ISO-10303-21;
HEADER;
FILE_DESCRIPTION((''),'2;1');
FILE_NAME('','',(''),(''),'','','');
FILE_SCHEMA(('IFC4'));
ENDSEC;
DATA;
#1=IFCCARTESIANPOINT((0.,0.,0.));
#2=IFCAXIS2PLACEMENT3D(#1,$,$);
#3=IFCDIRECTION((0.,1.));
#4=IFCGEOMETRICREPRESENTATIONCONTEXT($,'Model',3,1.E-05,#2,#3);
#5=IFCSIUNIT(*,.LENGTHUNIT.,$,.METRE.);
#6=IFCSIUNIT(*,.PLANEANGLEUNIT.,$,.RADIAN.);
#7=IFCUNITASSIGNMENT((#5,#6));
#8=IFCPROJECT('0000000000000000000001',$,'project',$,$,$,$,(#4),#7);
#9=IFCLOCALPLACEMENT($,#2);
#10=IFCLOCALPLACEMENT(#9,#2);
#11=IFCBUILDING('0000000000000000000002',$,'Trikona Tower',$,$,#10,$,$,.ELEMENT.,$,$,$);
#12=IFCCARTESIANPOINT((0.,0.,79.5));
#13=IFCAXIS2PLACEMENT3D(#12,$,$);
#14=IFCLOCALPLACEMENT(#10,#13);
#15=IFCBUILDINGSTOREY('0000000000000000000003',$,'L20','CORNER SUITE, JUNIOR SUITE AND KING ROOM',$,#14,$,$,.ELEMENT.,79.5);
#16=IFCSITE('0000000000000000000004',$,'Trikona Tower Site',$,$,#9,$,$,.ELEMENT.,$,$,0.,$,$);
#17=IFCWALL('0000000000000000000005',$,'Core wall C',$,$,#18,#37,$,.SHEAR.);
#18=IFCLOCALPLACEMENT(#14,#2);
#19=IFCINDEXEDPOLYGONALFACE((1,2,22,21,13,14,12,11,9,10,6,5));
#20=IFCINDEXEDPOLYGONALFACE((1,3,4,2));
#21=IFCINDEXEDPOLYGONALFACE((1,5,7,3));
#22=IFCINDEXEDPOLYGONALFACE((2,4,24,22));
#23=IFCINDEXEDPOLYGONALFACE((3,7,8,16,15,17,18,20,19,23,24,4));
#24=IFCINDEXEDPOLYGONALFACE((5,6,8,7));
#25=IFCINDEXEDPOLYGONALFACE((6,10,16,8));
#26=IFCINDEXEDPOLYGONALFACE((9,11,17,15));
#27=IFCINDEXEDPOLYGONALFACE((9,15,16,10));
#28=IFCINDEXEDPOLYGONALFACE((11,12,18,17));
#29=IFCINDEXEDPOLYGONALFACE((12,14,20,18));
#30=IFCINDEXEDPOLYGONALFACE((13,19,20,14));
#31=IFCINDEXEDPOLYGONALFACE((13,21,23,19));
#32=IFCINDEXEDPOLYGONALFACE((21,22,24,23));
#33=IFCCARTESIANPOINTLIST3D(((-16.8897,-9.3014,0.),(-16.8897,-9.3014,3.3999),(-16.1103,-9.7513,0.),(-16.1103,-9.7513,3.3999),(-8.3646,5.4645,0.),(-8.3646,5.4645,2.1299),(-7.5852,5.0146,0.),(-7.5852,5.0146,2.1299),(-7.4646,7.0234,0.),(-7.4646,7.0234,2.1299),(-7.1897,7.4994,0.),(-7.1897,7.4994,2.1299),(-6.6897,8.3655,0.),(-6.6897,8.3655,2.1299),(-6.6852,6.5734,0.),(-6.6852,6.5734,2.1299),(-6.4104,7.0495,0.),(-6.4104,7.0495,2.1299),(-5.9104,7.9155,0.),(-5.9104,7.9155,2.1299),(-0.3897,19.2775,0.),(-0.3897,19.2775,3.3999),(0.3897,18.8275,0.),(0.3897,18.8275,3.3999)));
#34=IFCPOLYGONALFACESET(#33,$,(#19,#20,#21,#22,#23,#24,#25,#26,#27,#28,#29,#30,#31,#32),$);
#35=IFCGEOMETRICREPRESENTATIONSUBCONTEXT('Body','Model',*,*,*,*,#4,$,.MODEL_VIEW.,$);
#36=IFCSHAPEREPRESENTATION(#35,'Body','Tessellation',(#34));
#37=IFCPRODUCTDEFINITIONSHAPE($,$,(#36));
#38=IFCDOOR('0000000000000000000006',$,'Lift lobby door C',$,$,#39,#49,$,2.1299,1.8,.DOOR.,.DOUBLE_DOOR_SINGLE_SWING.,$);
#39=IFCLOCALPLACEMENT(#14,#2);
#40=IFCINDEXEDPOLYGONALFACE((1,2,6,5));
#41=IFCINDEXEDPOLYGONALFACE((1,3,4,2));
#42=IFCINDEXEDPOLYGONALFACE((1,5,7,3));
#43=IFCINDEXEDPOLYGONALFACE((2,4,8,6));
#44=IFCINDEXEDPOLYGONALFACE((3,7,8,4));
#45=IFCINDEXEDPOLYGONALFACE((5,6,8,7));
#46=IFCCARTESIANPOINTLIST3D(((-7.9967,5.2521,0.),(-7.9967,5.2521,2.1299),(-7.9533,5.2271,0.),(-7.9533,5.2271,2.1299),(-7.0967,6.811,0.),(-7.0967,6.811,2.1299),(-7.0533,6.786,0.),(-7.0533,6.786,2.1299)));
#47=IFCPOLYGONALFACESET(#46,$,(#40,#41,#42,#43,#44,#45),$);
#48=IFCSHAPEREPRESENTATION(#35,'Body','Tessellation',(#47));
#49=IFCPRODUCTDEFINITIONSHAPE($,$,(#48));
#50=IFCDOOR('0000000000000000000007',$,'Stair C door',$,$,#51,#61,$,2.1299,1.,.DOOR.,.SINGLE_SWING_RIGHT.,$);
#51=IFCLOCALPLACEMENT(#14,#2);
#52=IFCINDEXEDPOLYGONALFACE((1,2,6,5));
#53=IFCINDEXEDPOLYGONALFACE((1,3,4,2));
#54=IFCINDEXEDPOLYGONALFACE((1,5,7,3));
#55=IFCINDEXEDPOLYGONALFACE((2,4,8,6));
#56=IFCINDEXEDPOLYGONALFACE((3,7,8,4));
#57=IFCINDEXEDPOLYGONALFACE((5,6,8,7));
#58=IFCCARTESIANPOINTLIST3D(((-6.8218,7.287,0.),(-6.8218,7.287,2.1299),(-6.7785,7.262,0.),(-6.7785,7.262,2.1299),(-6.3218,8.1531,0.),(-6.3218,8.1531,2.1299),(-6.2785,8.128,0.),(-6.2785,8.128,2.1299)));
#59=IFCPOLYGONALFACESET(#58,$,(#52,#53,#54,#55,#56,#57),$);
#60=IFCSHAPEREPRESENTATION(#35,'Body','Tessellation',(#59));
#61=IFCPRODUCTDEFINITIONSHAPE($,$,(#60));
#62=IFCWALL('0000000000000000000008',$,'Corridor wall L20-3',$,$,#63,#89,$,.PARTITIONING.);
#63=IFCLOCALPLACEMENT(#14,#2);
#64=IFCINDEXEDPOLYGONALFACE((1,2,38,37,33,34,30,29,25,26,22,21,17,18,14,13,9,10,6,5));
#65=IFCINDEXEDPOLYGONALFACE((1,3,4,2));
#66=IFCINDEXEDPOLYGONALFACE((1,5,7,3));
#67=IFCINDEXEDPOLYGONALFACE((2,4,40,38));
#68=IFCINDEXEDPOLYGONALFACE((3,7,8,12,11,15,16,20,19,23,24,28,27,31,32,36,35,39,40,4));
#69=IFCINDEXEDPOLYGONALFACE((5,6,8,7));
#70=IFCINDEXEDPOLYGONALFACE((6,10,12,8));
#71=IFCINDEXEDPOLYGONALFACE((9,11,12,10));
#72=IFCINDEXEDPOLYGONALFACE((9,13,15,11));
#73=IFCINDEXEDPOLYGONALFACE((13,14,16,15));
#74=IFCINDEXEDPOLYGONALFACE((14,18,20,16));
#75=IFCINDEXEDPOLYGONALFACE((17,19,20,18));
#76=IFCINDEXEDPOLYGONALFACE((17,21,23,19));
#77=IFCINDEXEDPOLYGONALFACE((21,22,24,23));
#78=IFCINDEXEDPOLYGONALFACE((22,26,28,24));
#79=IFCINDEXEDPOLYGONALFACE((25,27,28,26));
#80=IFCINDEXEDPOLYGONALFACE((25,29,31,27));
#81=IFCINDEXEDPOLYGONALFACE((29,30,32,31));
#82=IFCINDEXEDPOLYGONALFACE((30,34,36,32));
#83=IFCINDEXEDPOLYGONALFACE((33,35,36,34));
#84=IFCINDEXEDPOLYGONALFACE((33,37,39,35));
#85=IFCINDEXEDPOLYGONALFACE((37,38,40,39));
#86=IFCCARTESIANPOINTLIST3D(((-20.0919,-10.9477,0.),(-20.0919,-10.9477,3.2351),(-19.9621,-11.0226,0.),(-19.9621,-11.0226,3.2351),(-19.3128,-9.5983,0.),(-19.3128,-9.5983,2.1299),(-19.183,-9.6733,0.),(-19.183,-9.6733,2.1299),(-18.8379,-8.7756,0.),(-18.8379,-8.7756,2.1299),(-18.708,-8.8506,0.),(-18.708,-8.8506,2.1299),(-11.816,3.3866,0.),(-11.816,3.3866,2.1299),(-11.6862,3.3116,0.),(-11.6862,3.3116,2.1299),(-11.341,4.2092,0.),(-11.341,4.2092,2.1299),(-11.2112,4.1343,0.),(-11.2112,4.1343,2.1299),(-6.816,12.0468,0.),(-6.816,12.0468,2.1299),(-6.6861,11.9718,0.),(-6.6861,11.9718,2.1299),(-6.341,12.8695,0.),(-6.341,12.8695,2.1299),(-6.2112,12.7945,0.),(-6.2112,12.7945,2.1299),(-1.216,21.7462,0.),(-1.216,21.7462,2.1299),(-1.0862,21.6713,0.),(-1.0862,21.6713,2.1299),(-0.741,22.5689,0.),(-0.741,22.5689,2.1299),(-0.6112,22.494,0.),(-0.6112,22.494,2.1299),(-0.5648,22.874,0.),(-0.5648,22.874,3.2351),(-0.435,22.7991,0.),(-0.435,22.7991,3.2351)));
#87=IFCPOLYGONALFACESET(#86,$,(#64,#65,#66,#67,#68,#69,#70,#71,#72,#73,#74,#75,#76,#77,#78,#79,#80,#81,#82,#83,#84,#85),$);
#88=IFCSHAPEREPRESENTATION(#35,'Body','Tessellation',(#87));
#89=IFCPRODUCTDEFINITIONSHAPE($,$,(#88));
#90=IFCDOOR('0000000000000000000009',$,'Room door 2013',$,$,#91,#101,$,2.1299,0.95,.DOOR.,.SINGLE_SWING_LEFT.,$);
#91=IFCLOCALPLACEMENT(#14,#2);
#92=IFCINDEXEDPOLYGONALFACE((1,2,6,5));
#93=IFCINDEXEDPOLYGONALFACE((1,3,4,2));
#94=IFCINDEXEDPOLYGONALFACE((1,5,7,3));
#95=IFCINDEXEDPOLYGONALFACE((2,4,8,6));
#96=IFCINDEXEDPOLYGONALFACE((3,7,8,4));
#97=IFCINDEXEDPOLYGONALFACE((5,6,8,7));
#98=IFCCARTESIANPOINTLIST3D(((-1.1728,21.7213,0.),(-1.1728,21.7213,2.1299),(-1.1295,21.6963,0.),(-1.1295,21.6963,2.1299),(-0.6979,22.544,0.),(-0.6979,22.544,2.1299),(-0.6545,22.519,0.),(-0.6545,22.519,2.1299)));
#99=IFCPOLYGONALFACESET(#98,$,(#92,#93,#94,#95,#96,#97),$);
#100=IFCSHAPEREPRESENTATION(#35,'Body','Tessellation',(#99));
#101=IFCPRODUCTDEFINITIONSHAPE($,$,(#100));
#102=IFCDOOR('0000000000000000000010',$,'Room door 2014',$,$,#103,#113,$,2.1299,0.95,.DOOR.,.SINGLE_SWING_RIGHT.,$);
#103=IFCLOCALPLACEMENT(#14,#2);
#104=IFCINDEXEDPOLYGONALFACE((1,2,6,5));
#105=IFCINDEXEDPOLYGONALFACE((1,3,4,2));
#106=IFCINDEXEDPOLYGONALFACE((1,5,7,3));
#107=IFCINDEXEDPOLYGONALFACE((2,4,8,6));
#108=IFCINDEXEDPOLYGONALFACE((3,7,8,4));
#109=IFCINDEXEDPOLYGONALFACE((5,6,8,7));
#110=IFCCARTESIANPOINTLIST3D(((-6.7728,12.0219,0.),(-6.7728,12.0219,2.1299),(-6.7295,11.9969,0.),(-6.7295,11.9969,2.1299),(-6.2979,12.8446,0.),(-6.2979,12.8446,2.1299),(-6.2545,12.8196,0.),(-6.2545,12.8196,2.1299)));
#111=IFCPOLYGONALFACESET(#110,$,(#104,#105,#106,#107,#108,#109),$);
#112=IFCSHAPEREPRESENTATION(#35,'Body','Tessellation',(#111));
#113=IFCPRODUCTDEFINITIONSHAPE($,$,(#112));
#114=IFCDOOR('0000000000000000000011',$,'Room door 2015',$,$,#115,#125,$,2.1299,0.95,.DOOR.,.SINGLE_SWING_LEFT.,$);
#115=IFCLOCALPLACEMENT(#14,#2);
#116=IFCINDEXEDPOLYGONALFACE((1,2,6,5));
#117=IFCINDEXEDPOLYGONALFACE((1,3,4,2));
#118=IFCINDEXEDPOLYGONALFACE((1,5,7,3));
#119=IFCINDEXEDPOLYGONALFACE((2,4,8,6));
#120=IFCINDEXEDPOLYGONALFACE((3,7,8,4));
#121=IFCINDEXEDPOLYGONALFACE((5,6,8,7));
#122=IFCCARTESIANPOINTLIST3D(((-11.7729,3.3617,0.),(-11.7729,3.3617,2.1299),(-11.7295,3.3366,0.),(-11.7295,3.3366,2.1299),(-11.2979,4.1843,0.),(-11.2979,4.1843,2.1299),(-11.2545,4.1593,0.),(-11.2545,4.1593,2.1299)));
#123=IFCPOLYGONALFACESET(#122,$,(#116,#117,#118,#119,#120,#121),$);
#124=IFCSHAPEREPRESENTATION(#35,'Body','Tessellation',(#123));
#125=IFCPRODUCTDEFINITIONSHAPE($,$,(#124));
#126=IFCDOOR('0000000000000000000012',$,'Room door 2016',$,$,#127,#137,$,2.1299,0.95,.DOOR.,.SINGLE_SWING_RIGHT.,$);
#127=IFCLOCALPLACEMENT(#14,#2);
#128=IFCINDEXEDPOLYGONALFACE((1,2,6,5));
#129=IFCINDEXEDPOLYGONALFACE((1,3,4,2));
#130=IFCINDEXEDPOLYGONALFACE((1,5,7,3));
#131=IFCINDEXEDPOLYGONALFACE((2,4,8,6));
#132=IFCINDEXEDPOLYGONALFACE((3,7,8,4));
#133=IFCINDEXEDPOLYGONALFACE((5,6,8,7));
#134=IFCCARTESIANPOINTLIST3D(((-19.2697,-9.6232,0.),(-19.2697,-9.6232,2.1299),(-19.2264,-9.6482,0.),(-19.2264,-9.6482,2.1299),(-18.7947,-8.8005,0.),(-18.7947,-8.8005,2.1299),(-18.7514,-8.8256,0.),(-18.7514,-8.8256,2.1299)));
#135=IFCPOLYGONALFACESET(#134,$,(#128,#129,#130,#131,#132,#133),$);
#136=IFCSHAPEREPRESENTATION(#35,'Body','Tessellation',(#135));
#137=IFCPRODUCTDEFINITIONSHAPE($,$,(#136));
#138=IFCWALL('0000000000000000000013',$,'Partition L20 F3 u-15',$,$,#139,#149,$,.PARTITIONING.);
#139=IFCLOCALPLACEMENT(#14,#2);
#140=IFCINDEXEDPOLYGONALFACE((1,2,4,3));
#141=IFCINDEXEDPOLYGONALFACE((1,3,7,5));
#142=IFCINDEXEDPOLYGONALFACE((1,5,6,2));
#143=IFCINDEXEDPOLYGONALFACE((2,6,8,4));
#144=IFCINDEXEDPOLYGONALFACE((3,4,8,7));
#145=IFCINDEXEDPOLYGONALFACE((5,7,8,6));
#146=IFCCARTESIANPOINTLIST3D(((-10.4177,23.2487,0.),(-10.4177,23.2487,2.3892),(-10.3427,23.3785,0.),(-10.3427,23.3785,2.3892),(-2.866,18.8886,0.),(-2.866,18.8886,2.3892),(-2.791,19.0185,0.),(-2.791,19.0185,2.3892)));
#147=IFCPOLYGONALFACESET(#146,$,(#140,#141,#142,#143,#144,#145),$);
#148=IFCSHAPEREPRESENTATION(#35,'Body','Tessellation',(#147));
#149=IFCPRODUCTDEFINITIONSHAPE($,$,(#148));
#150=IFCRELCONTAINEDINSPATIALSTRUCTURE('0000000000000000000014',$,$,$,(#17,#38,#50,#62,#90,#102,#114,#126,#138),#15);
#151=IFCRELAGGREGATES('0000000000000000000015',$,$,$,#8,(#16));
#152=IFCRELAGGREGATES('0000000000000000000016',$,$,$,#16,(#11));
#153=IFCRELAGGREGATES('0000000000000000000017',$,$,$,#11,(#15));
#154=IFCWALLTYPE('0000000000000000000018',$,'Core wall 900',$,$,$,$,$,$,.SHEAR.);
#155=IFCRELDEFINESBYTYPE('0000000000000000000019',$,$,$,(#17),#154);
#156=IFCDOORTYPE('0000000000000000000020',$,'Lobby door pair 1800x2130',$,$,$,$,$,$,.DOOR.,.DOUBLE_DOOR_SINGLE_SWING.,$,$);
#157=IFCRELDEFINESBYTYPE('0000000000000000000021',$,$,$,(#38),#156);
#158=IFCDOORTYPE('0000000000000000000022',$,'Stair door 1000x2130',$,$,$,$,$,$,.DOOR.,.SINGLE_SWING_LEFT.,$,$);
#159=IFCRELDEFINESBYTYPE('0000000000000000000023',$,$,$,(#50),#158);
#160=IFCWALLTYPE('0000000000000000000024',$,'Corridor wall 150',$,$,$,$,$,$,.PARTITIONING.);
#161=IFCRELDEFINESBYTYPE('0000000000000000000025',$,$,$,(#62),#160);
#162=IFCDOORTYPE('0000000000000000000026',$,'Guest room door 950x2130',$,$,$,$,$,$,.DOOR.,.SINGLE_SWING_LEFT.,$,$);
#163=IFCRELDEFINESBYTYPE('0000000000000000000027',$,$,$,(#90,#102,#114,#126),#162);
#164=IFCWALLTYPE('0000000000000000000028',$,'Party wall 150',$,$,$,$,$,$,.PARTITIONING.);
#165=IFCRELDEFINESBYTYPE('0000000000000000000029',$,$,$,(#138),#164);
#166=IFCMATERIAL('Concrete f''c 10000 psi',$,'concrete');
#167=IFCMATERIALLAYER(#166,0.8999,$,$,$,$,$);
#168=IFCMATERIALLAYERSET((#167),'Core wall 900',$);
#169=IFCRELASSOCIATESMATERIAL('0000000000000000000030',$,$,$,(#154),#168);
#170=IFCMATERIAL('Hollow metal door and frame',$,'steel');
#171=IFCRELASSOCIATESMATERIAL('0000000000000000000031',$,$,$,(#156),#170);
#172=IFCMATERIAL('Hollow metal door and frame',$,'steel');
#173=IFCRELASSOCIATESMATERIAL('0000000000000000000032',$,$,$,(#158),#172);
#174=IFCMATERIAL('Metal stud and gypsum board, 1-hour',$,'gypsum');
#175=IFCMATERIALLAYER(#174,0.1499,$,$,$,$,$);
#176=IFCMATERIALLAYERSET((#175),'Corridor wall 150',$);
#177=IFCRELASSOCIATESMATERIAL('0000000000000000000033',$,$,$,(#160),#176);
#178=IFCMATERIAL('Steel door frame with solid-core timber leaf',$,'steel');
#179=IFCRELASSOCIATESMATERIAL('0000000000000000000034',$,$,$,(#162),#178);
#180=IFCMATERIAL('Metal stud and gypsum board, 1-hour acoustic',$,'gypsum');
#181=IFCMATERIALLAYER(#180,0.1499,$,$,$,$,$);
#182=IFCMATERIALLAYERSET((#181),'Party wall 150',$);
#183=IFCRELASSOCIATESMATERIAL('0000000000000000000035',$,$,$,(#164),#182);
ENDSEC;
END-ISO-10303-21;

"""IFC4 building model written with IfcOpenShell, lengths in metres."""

from ifc_helpers import new_model, si_unit, direction, frame, frame_2d, origin, place, context, subcontext, project, spatial, rectangle, extrude, material, layer, layer_set, type_object, element, fill, save


model = new_model("IFC4")

# Units and contexts
model_context = context("Model", 3, precision=1e-05, world=origin(), true_north=direction((0.0, 1.0)))
body_context = subcontext(model_context, "Body", "Model", "MODEL_VIEW")
ifc_project = project(units=[si_unit("LENGTHUNIT", "METRE"), si_unit("PLANEANGLEUNIT", "RADIAN")], contexts=[model_context])

# Site, building, storey
site_placement = place(None, origin())
site = spatial("IfcSite", under=ifc_project, at=site_placement, Name="Trikona Tower Site", CompositionType="ELEMENT", RefElevation=0.0)
building_placement = place(site_placement, origin())
building = spatial("IfcBuilding", under=site, at=building_placement, Name="Trikona Tower", CompositionType="ELEMENT")
storey_placement = place(building_placement, frame((0.0, 0.0, 79.5)))
storey = spatial("IfcBuildingStorey", under=building, at=storey_placement, Name="L20", Description="CORNER SUITE, JUNIOR SUITE AND KING ROOM", CompositionType="ELEMENT", Elevation=79.5)

# Walls, openings, doors
ifc_material_1 = material(Name="Concrete f'c 10000 psi", Category="concrete")
ifc_layer_1 = layer(ifc_material_1, 0.8999)
ifc_layer_set_1 = layer_set([ifc_layer_1], Name="Core wall 900")
wall_type_1 = type_object("IfcWallType", Name="Core wall 900", PredefinedType="SHEAR", material=ifc_layer_set_1)
wall_1_placement = place(storey_placement, frame((0.0, 19.0525, 0.0), z_axis=(0.0, 0.0, 1.0), x_axis=(-0.5, -0.866026, 0.0)))
wall_1 = element("IfcWall", 1, at=wall_1_placement, inside=storey, type_object=wall_type_1, Name="Core wall C", PredefinedType="SHEAR", context=body_context, shape_type="SweptSolid", body=[
    extrude(rectangle(XDim=33.0, YDim=0.8999, at=frame_2d((16.5, 0.0))), origin(), (0.0, 0.0, 1.0), 3.3999),
])
opening_1_placement = place(wall_1_placement, frame((14.1499, 0.0, 0.0)))
opening_1 = element("IfcOpeningElement", 2, at=opening_1_placement, cuts=wall_1, PredefinedType="OPENING", context=body_context, shape_type="SweptSolid", body=[
    extrude(rectangle(XDim=1.8, YDim=2.1299, at=frame_2d((0.8999, 1.0649))), frame((0.0, 0.46, 0.0), z_axis=(0.0, -1.0, 0.0), x_axis=(1.0, 0.0, 0.0)), (0.0, 0.0, 1.0), 0.9199),
])
opening_2_placement = place(wall_1_placement, frame((12.6001, 0.0, 0.0)))
opening_2 = element("IfcOpeningElement", 3, at=opening_2_placement, cuts=wall_1, PredefinedType="OPENING", context=body_context, shape_type="SweptSolid", body=[
    extrude(rectangle(XDim=1.0, YDim=2.1299, at=frame_2d((0.5, 1.0649))), frame((0.0, 0.46, 0.0), z_axis=(0.0, -1.0, 0.0), x_axis=(1.0, 0.0, 0.0)), (0.0, 0.0, 1.0), 0.9199),
])
ifc_material_2 = material(Name="Hollow metal door and frame", Category="steel")
door_type_1 = type_object("IfcDoorType", Name="Lobby door pair 1800x2130", OperationType="DOUBLE_DOOR_SINGLE_SWING", PredefinedType="DOOR", material=ifc_material_2)
door_1_placement = place(opening_1_placement, origin())
door_1 = element("IfcDoor", 4, at=door_1_placement, inside=storey, type_object=door_type_1, Name="Lift lobby door C", OperationType="DOUBLE_DOOR_SINGLE_SWING", OverallHeight=2.1299, OverallWidth=1.8, PredefinedType="DOOR", context=body_context, shape_type="SweptSolid", body=[
    extrude(rectangle(XDim=1.8, YDim=2.1299, at=frame_2d((0.8999, 1.0649))), frame((0.0, 0.0249, 0.0), z_axis=(0.0, -1.0, 0.0), x_axis=(1.0, 0.0, 0.0)), (0.0, 0.0, 1.0), 0.05),
])
fill(opening_1, door_1)
ifc_material_3 = material(Name="Hollow metal door and frame", Category="steel")
door_type_2 = type_object("IfcDoorType", Name="Stair door 1000x2130", OperationType="SINGLE_SWING_LEFT", PredefinedType="DOOR", material=ifc_material_3)
door_2_placement = place(opening_2_placement, origin())
door_2 = element("IfcDoor", 5, at=door_2_placement, inside=storey, type_object=door_type_2, Name="Stair C door", OperationType="SINGLE_SWING_RIGHT", OverallHeight=2.1299, OverallWidth=1.0, PredefinedType="DOOR", context=body_context, shape_type="SweptSolid", body=[
    extrude(rectangle(XDim=1.0, YDim=2.1299, at=frame_2d((0.5, 1.0649))), frame((0.0, 0.0249, 0.0), z_axis=(0.0, -1.0, 0.0), x_axis=(1.0, 0.0, 0.0)), (0.0, 0.0, 1.0), 0.05),
])
fill(opening_2, door_2)
ifc_material_4 = material(Name="Metal stud and gypsum board, 1-hour", Category="gypsum")
ifc_layer_2 = layer(ifc_material_4, 0.1499)
ifc_layer_set_2 = layer_set([ifc_layer_2], Name="Corridor wall 150")
wall_type_2 = type_object("IfcWallType", Name="Corridor wall 150", PredefinedType="PARTITIONING", material=ifc_layer_set_2)
wall_2_placement = place(storey_placement, frame((-0.5, 22.8364, 0.0), z_axis=(0.0, 0.0, 1.0), x_axis=(-0.500002, -0.866024, 0.0)))
wall_2 = element("IfcWall", 6, at=wall_2_placement, inside=storey, type_object=wall_type_2, Name="Corridor wall L20-3", PredefinedType="PARTITIONING", context=body_context, shape_type="SweptSolid", body=[
    extrude(rectangle(XDim=39.054, YDim=0.1499, at=frame_2d((19.5269, 0.0))), origin(), (0.0, 0.0, 1.0), 3.2351),
])
opening_3_placement = place(wall_2_placement, frame((0.3521, 0.0, 0.0)))
opening_3 = element("IfcOpeningElement", 7, at=opening_3_placement, cuts=wall_2, PredefinedType="OPENING", context=body_context, shape_type="SweptSolid", body=[
    extrude(rectangle(XDim=0.95, YDim=2.1299, at=frame_2d((0.4751, 1.0649))), frame((0.0, 0.085, 0.0), z_axis=(0.0, -1.0, 0.0), x_axis=(1.0, 0.0, 0.0)), (0.0, 0.0, 1.0), 0.1699),
])
opening_4_placement = place(wall_2_placement, frame((11.552, 0.0, 0.0)))
opening_4 = element("IfcOpeningElement", 8, at=opening_4_placement, cuts=wall_2, PredefinedType="OPENING", context=body_context, shape_type="SweptSolid", body=[
    extrude(rectangle(XDim=0.95, YDim=2.1299, at=frame_2d((0.4751, 1.0649))), frame((0.0, 0.085, 0.0), z_axis=(0.0, -1.0, 0.0), x_axis=(1.0, 0.0, 0.0)), (0.0, 0.0, 1.0), 0.1699),
])
opening_5_placement = place(wall_2_placement, frame((21.552, 0.0, 0.0)))
opening_5 = element("IfcOpeningElement", 9, at=opening_5_placement, cuts=wall_2, PredefinedType="OPENING", context=body_context, shape_type="SweptSolid", body=[
    extrude(rectangle(XDim=0.95, YDim=2.1299, at=frame_2d((0.4751, 1.0649))), frame((0.0, 0.085, 0.0), z_axis=(0.0, -1.0, 0.0), x_axis=(1.0, 0.0, 0.0)), (0.0, 0.0, 1.0), 0.1699),
])
opening_6_placement = place(wall_2_placement, frame((36.5457, 0.0, 0.0)))
opening_6 = element("IfcOpeningElement", 10, at=opening_6_placement, cuts=wall_2, PredefinedType="OPENING", context=body_context, shape_type="SweptSolid", body=[
    extrude(rectangle(XDim=0.95, YDim=2.1299, at=frame_2d((0.4751, 1.0649))), frame((0.0, 0.085, 0.0), z_axis=(0.0, -1.0, 0.0), x_axis=(1.0, 0.0, 0.0)), (0.0, 0.0, 1.0), 0.1699),
])
ifc_material_5 = material(Name="Steel door frame with solid-core timber leaf", Category="steel")
door_type_3 = type_object("IfcDoorType", Name="Guest room door 950x2130", OperationType="SINGLE_SWING_LEFT", PredefinedType="DOOR", material=ifc_material_5)
door_3_placement = place(opening_3_placement, origin())
door_3 = element("IfcDoor", 11, at=door_3_placement, inside=storey, type_object=door_type_3, Name="Room door 2013", OperationType="SINGLE_SWING_LEFT", OverallHeight=2.1299, OverallWidth=0.95, PredefinedType="DOOR", context=body_context, shape_type="SweptSolid", body=[
    extrude(rectangle(XDim=0.95, YDim=2.1299, at=frame_2d((0.4751, 1.0649))), frame((0.0, 0.0249, 0.0), z_axis=(0.0, -1.0, 0.0), x_axis=(1.0, 0.0, 0.0)), (0.0, 0.0, 1.0), 0.05),
])
fill(opening_3, door_3)
door_4_placement = place(opening_4_placement, origin())
door_4 = element("IfcDoor", 12, at=door_4_placement, inside=storey, type_object=door_type_3, Name="Room door 2014", OperationType="SINGLE_SWING_RIGHT", OverallHeight=2.1299, OverallWidth=0.95, PredefinedType="DOOR", context=body_context, shape_type="SweptSolid", body=[
    extrude(rectangle(XDim=0.95, YDim=2.1299, at=frame_2d((0.4751, 1.0649))), frame((0.0, 0.0249, 0.0), z_axis=(0.0, -1.0, 0.0), x_axis=(1.0, 0.0, 0.0)), (0.0, 0.0, 1.0), 0.05),
])
fill(opening_4, door_4)
door_5_placement = place(opening_5_placement, origin())
door_5 = element("IfcDoor", 13, at=door_5_placement, inside=storey, type_object=door_type_3, Name="Room door 2015", OperationType="SINGLE_SWING_LEFT", OverallHeight=2.1299, OverallWidth=0.95, PredefinedType="DOOR", context=body_context, shape_type="SweptSolid", body=[
    extrude(rectangle(XDim=0.95, YDim=2.1299, at=frame_2d((0.4751, 1.0649))), frame((0.0, 0.0249, 0.0), z_axis=(0.0, -1.0, 0.0), x_axis=(1.0, 0.0, 0.0)), (0.0, 0.0, 1.0), 0.05),
])
fill(opening_5, door_5)
door_6_placement = place(opening_6_placement, origin())
door_6 = element("IfcDoor", 14, at=door_6_placement, inside=storey, type_object=door_type_3, Name="Room door 2016", OperationType="SINGLE_SWING_RIGHT", OverallHeight=2.1299, OverallWidth=0.95, PredefinedType="DOOR", context=body_context, shape_type="SweptSolid", body=[
    extrude(rectangle(XDim=0.95, YDim=2.1299, at=frame_2d((0.4751, 1.0649))), frame((0.0, 0.0249, 0.0), z_axis=(0.0, -1.0, 0.0), x_axis=(1.0, 0.0, 0.0)), (0.0, 0.0, 1.0), 0.05),
])
fill(opening_6, door_6)

# Wall
ifc_material_6 = material(Name="Metal stud and gypsum board, 1-hour acoustic", Category="gypsum")
ifc_layer_3 = layer(ifc_material_6, 0.1499)
ifc_layer_set_3 = layer_set([ifc_layer_3], Name="Party wall 150")
wall_type_3 = type_object("IfcWallType", Name="Party wall 150", PredefinedType="PARTITIONING", material=ifc_layer_set_3)
wall_3_placement = place(storey_placement, frame((-2.8286, 18.9536, 0.0), z_axis=(0.0, 0.0, 1.0), x_axis=(-0.866021, 0.500008, 0.0)))
element("IfcWall", 15, at=wall_3_placement, inside=storey, type_object=wall_type_3, Name="Partition L20 F3 u-15", PredefinedType="PARTITIONING", context=body_context, shape_type="SweptSolid", body=[
    extrude(rectangle(XDim=8.72, YDim=0.1499, at=frame_2d((4.3599, 0.0))), origin(), (0.0, 0.0, 1.0), 2.3892),
])

save(model, "model.ifc")
